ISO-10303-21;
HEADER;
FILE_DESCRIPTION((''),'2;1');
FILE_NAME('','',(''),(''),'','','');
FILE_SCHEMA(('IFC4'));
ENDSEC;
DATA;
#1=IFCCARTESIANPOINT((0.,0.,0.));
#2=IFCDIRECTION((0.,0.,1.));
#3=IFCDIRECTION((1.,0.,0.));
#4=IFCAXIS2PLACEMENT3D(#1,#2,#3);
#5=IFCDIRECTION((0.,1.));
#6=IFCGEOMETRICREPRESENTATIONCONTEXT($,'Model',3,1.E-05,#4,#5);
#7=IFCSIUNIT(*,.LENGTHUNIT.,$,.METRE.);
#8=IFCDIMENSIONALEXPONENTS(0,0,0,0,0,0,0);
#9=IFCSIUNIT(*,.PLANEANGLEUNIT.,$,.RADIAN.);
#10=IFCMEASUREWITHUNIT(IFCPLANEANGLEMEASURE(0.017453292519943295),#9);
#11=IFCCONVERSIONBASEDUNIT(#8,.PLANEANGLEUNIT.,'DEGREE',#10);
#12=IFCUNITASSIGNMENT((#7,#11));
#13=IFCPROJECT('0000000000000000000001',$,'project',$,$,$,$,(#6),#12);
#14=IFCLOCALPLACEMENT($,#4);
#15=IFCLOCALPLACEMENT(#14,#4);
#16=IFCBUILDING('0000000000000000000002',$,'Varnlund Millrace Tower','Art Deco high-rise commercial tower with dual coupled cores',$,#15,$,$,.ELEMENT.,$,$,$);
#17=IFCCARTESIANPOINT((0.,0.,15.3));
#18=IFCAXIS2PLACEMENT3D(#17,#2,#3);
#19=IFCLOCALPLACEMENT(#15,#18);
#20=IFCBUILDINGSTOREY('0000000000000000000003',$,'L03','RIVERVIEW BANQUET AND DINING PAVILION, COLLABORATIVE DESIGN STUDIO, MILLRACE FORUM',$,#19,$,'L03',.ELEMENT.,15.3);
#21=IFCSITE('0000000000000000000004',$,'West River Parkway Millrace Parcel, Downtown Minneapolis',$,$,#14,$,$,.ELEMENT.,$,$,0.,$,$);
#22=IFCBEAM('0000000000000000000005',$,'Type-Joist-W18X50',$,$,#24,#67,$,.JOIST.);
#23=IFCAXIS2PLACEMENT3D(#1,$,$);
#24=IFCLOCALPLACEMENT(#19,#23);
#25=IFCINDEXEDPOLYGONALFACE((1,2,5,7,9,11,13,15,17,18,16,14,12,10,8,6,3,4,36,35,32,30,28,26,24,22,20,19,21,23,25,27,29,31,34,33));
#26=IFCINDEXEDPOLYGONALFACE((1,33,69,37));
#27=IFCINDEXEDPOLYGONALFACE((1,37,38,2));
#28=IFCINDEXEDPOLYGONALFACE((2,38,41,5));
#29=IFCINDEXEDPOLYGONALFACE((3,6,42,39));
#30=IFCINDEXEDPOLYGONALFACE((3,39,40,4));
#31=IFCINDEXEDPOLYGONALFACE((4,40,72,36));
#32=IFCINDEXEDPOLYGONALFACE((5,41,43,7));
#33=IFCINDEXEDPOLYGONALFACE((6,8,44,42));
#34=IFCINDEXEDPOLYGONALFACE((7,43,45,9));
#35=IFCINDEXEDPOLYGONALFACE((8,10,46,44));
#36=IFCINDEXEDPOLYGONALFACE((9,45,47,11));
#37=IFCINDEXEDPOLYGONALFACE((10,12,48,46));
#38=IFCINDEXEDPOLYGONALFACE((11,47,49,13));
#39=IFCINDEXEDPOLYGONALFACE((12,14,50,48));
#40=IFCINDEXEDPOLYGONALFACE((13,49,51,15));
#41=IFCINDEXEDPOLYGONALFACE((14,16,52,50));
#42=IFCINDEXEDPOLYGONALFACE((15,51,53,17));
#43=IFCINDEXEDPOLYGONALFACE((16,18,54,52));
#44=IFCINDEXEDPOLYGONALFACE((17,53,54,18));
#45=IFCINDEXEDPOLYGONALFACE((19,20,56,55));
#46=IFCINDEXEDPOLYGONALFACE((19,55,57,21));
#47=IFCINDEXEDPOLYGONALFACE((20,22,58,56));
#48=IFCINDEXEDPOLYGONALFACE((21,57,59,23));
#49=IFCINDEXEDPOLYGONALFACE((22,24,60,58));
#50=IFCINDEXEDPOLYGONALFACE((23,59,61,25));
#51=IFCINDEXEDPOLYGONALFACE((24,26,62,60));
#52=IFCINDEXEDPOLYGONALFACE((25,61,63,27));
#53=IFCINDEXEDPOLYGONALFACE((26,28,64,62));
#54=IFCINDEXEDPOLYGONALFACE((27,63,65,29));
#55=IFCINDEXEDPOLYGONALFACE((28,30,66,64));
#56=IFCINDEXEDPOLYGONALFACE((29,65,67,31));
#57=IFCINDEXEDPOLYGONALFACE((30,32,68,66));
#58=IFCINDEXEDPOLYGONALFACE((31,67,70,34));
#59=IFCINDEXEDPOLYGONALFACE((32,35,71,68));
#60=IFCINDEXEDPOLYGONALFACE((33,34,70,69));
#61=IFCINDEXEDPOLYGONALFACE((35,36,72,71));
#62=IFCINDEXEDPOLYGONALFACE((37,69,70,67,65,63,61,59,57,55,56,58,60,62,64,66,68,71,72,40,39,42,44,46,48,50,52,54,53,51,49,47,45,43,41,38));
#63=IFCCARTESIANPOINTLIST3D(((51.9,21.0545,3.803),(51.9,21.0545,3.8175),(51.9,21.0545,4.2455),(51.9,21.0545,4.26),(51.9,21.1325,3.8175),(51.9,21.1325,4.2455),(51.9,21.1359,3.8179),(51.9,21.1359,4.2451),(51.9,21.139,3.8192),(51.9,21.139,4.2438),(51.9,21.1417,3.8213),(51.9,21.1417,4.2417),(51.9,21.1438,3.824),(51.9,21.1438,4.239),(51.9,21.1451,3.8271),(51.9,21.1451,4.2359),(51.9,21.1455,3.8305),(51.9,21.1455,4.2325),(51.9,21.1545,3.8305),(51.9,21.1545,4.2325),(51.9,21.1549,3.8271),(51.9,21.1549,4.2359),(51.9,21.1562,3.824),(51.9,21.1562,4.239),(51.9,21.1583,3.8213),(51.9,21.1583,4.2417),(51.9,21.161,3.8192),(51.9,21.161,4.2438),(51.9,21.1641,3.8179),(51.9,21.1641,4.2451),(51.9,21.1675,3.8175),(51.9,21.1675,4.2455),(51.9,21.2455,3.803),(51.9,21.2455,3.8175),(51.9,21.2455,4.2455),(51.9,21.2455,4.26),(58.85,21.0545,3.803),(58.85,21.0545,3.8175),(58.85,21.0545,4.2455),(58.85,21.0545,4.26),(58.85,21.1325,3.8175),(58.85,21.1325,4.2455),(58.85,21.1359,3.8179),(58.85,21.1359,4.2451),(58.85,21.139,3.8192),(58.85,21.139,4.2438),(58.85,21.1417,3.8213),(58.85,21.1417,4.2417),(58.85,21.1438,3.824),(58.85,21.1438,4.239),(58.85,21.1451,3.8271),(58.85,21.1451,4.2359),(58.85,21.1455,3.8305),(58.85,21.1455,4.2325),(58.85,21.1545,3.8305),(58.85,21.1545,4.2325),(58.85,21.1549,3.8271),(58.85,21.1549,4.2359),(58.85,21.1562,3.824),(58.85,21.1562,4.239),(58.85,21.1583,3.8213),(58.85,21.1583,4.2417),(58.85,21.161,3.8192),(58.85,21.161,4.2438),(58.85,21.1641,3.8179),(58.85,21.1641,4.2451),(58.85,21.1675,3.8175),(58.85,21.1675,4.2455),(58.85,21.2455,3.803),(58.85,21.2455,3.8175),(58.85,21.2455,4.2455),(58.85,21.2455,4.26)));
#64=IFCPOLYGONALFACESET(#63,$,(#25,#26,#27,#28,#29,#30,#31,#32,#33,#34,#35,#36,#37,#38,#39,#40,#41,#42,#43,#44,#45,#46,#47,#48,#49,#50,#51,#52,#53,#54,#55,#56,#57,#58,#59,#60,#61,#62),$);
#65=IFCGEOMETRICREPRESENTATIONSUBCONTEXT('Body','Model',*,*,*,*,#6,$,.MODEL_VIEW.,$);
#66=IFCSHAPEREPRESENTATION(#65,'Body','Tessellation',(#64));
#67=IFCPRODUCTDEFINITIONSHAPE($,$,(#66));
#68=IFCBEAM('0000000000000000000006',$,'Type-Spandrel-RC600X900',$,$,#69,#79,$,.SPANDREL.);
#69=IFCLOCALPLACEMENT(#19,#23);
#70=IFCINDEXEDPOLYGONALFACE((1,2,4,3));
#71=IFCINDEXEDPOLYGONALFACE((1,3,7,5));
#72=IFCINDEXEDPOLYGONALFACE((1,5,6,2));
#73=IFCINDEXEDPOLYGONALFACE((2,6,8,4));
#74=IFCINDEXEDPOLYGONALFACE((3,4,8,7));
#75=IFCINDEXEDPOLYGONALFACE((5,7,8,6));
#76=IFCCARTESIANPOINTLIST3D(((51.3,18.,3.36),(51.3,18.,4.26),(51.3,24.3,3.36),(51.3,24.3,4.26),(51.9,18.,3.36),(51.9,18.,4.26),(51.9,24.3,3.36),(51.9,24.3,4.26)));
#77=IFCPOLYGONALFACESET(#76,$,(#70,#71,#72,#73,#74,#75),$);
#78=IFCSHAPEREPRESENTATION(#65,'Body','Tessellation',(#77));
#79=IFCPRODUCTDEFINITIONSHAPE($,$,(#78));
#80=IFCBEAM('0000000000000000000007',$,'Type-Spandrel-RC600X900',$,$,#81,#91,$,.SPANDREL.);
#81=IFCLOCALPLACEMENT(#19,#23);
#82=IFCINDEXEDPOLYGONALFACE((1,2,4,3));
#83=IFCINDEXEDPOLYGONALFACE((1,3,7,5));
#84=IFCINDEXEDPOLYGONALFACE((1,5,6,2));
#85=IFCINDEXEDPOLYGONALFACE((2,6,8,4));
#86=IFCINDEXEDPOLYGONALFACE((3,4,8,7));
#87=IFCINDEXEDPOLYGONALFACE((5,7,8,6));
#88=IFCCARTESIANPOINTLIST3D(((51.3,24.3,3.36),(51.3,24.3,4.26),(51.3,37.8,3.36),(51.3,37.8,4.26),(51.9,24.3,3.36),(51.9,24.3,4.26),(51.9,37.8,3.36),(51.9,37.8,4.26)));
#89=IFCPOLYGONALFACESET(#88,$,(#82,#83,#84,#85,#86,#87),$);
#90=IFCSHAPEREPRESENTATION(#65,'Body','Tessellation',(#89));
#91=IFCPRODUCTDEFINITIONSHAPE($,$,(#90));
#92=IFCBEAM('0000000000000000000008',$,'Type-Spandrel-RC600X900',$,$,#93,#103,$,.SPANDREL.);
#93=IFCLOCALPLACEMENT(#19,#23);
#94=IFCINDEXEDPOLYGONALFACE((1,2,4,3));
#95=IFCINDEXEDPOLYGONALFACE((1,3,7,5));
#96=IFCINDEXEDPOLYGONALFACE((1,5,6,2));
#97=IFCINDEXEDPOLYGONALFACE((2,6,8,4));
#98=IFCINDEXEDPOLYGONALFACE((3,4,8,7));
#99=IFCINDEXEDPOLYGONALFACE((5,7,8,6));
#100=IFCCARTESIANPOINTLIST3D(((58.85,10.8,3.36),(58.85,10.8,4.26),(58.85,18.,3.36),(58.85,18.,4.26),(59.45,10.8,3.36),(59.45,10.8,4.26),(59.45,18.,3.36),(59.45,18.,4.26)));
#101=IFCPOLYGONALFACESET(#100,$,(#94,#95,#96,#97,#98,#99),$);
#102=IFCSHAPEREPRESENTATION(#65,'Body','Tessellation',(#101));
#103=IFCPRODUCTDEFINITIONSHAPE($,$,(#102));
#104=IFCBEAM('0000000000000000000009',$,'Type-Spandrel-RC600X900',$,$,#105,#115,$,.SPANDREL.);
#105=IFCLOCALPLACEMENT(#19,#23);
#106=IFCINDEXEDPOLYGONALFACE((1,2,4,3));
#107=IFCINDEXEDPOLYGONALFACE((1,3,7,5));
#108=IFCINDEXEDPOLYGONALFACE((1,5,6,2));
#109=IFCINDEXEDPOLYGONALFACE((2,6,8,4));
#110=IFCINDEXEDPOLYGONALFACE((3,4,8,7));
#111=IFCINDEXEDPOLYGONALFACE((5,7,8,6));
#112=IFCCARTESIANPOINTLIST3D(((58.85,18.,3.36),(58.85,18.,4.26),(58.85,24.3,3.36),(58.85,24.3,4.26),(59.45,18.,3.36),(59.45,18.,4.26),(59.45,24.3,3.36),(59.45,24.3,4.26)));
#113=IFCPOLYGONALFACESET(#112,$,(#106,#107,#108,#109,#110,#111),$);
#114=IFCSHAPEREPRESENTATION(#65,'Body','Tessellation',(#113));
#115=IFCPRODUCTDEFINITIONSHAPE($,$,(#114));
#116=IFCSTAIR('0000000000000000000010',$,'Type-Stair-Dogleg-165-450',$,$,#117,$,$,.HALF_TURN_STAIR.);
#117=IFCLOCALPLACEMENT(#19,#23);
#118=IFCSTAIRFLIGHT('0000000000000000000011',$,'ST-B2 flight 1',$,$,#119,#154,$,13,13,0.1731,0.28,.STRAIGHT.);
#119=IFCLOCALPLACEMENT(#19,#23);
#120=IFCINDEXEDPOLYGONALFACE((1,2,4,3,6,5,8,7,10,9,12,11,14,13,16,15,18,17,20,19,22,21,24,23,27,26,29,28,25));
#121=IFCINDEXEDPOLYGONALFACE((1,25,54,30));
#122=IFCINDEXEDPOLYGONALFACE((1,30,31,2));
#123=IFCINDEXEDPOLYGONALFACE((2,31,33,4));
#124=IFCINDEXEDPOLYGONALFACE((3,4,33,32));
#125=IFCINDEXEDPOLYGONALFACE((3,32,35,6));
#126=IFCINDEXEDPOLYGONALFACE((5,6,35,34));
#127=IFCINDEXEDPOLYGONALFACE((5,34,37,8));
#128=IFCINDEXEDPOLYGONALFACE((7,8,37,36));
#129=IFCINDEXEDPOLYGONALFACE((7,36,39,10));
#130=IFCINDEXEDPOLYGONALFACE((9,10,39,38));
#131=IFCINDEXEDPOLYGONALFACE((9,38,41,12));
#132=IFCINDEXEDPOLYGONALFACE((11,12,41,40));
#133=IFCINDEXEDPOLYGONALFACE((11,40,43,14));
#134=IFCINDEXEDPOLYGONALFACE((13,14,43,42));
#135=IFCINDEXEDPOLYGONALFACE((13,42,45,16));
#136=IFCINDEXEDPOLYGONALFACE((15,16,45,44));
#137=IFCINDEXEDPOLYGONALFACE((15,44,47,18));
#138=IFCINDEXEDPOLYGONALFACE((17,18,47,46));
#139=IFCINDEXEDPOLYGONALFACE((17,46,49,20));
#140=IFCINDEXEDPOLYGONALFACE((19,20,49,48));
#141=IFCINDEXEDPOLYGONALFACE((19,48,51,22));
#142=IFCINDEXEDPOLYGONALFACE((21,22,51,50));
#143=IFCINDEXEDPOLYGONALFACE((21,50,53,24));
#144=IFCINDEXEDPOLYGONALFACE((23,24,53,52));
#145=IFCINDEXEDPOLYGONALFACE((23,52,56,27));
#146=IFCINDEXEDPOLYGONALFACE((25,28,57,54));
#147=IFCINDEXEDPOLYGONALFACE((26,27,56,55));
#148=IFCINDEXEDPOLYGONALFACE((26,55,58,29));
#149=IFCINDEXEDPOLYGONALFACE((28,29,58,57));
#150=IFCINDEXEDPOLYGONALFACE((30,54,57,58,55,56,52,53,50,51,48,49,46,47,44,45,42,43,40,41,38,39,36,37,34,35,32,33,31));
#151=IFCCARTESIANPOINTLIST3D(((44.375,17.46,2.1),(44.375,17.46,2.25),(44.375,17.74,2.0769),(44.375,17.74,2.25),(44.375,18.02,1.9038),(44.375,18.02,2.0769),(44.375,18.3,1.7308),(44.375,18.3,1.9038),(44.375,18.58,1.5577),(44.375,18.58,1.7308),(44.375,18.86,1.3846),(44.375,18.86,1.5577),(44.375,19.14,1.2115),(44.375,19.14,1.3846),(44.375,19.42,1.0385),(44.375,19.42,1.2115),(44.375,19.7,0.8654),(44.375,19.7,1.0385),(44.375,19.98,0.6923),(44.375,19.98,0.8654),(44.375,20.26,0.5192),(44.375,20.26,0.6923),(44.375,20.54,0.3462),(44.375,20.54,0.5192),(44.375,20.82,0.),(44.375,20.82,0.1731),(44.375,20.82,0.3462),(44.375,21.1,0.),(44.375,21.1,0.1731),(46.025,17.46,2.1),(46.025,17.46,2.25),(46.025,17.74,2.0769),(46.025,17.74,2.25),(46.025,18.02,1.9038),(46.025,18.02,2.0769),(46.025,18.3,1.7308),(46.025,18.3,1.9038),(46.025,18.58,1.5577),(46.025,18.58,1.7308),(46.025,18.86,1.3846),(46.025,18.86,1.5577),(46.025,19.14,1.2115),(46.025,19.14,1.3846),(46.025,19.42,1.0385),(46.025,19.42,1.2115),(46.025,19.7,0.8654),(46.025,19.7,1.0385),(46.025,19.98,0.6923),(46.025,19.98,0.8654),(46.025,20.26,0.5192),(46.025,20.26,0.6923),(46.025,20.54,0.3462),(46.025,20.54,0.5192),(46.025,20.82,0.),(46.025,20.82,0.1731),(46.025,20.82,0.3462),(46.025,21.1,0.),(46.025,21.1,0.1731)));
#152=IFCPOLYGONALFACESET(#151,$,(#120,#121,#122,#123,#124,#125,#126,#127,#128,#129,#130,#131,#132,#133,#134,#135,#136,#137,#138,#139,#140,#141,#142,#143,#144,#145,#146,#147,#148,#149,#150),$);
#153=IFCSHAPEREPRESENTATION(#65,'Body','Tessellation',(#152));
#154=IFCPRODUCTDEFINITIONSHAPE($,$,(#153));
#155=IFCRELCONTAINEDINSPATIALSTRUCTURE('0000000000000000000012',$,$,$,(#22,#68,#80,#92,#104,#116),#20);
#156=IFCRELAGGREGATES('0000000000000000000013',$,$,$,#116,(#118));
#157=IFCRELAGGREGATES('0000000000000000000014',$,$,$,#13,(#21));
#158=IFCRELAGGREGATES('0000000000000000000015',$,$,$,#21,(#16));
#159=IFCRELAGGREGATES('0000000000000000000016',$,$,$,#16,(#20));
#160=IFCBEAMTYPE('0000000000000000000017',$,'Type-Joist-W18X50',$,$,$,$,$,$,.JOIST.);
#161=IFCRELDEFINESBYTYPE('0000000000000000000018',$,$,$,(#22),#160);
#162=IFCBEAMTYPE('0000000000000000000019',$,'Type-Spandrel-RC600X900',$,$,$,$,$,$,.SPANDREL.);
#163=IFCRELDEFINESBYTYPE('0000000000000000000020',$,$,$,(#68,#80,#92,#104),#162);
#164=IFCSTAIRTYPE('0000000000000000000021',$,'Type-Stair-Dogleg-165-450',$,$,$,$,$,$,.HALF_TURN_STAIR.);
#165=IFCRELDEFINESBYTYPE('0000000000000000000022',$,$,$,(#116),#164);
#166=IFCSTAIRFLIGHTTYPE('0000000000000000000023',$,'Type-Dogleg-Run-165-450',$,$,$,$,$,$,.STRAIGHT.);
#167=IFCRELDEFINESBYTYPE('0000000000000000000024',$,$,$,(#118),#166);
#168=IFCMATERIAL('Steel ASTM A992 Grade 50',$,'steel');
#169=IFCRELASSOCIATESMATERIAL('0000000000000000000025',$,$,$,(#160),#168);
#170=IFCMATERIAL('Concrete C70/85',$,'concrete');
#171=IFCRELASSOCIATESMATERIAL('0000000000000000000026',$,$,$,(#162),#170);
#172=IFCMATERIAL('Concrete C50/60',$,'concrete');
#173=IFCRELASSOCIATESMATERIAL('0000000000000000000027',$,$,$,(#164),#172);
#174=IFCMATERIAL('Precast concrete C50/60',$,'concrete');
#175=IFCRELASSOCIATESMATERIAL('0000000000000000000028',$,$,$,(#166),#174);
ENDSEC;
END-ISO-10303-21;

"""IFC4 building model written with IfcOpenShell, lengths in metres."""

from ifc_helpers import new_model, entity, si_unit, converted_unit, direction, frame, origin_with_axes, origin_2d_with_axis, place, context, subcontext, project, spatial, polyline, rectangle, i_section, outline, extrude, material, material_profile, profile_set, type_object, element, aggregate, save


model = new_model("IFC4")

# Units and contexts
model_context = context("Model", 3, precision=1e-05, world=origin_with_axes(), true_north=direction((0.0, 1.0)))
body_context = subcontext(model_context, "Body", "Model", "MODEL_VIEW")
ifc_project = project(units=[si_unit("LENGTHUNIT", "METRE"), converted_unit("PLANEANGLEUNIT", "DEGREE", entity("IfcPlaneAngleMeasure", 0.017453292519943295), si_unit("PLANEANGLEUNIT", "RADIAN"), dimensions=[0, 0, 0, 0, 0, 0, 0])], contexts=[model_context])

# Site, building, storey
site_placement = place(None, origin_with_axes())
site = spatial("IfcSite", under=ifc_project, at=site_placement, Name="West River Parkway Millrace Parcel, Downtown Minneapolis", CompositionType="ELEMENT", RefElevation=0.0)
building_placement = place(site_placement, origin_with_axes())
building = spatial("IfcBuilding", under=site, at=building_placement, Name="Varnlund Millrace Tower", Description="Art Deco high-rise commercial tower with dual coupled cores", CompositionType="ELEMENT")
storey_placement = place(building_placement, frame((0.0, 0.0, 15.3), z_axis=(0.0, 0.0, 1.0), x_axis=(1.0, 0.0, 0.0)))
storey = spatial("IfcBuildingStorey", under=building, at=storey_placement, Name="L03", Description="RIVERVIEW BANQUET AND DINING PAVILION, COLLABORATIVE DESIGN STUDIO, MILLRACE FORUM", LongName="L03", CompositionType="ELEMENT", Elevation=15.3)

# Beams
ifc_material_1 = material(Name="Steel ASTM A992 Grade 50", Category="steel")
ifc_material_profile_1 = material_profile(ifc_material_1, i_section(OverallWidth=0.191, OverallDepth=0.457, WebThickness=0.009, FlangeThickness=0.0145, FilletRadius=0.013, at=origin_2d_with_axis()), Name="Steel ASTM A992 Grade 50")
ifc_profile_set_1 = profile_set([ifc_material_profile_1], Name="Steel ASTM A992 Grade 50")
beam_type_1 = type_object("IfcBeamType", Name="Type-Joist-W18X50", PredefinedType="JOIST", material=ifc_profile_set_1)
for number, where, z_axis, x_axis, name in (
    (1, (51.9, 21.15, 4.0315), (1.0, 0.0, 0.0), (0.0, 1.0, 0.0), "Type-Joist-W18X50"),
):
    element("IfcBeam", number, at=place(storey_placement, frame(where, z_axis=z_axis, x_axis=x_axis)), inside=storey, type_object=beam_type_1, Name=name, PredefinedType="JOIST", context=body_context, shape_type="SweptSolid", body=[
        extrude(i_section(OverallWidth=0.191, OverallDepth=0.457, WebThickness=0.009, FlangeThickness=0.0145, FilletRadius=0.013, at=origin_2d_with_axis()), origin_with_axes(), (0.0, 0.0, 1.0), 6.95),
    ])
ifc_material_2 = material(Name="Concrete C70/85", Category="concrete")
ifc_material_profile_2 = material_profile(ifc_material_2, rectangle(XDim=0.6, YDim=0.9, at=origin_2d_with_axis()), Name="Concrete C70/85")
ifc_profile_set_2 = profile_set([ifc_material_profile_2], Name="Concrete C70/85")
beam_type_2 = type_object("IfcBeamType", Name="Type-Spandrel-RC600X900", PredefinedType="SPANDREL", material=ifc_profile_set_2)
beam_1_placement = place(storey_placement, frame((51.6, 18.0, 3.81), z_axis=(0.0, 1.0, 0.0), x_axis=(-1.0, 0.0, 0.0)))
element("IfcBeam", 2, at=beam_1_placement, inside=storey, type_object=beam_type_2, Name="Type-Spandrel-RC600X900", PredefinedType="SPANDREL", context=body_context, shape_type="SweptSolid", body=[
    extrude(rectangle(XDim=0.6, YDim=0.9, at=origin_2d_with_axis()), origin_with_axes(), (0.0, 0.0, 1.0), 6.3),
])
beam_2_placement = place(storey_placement, frame((51.6, 24.3, 3.81), z_axis=(0.0, 1.0, 0.0), x_axis=(-1.0, 0.0, 0.0)))
element("IfcBeam", 3, at=beam_2_placement, inside=storey, type_object=beam_type_2, Name="Type-Spandrel-RC600X900", PredefinedType="SPANDREL", context=body_context, shape_type="SweptSolid", body=[
    extrude(rectangle(XDim=0.6, YDim=0.9, at=origin_2d_with_axis()), origin_with_axes(), (0.0, 0.0, 1.0), 13.5),
])
beam_3_placement = place(storey_placement, frame((59.15, 10.8, 3.81), z_axis=(0.0, 1.0, 0.0), x_axis=(-1.0, 0.0, 0.0)))
element("IfcBeam", 4, at=beam_3_placement, inside=storey, type_object=beam_type_2, Name="Type-Spandrel-RC600X900", PredefinedType="SPANDREL", context=body_context, shape_type="SweptSolid", body=[
    extrude(rectangle(XDim=0.6, YDim=0.9, at=origin_2d_with_axis()), origin_with_axes(), (0.0, 0.0, 1.0), 7.2),
])
beam_4_placement = place(storey_placement, frame((59.15, 18.0, 3.81), z_axis=(0.0, 1.0, 0.0), x_axis=(-1.0, 0.0, 0.0)))
element("IfcBeam", 5, at=beam_4_placement, inside=storey, type_object=beam_type_2, Name="Type-Spandrel-RC600X900", PredefinedType="SPANDREL", context=body_context, shape_type="SweptSolid", body=[
    extrude(rectangle(XDim=0.6, YDim=0.9, at=origin_2d_with_axis()), origin_with_axes(), (0.0, 0.0, 1.0), 6.3),
])

# Stair, stair flight
ifc_material_3 = material(Name="Concrete C50/60", Category="concrete")
stair_type = type_object("IfcStairType", Name="Type-Stair-Dogleg-165-450", PredefinedType="HALF_TURN_STAIR", material=ifc_material_3)
stair_placement = place(storey_placement, origin_with_axes())
stair = element("IfcStair", 6, at=stair_placement, inside=storey, type_object=stair_type, Name="Type-Stair-Dogleg-165-450", PredefinedType="HALF_TURN_STAIR")
ifc_material_4 = material(Name="Precast concrete C50/60", Category="concrete")
stair_flight_type = type_object("IfcStairFlightType", Name="Type-Dogleg-Run-165-450", PredefinedType="STRAIGHT", material=ifc_material_4)
stair_flight_placement = place(storey_placement, frame((46.025, 21.1, 0.0), z_axis=(-1.0, 0.0, 0.0), x_axis=(0.0, -1.0, 0.0)))
stair_flight = element("IfcStairFlight", 7, at=stair_flight_placement, type_object=stair_flight_type, Name="ST-B2 flight 1", NumberOfRisers=13, NumberOfTreads=13, PredefinedType="STRAIGHT", RiserHeight=0.1731, TreadLength=0.28, context=body_context, shape_type="SweptSolid", body=[
    extrude(outline(polyline([(0.0, 0.0), (0.0, 0.1731), (0.28, 0.1731), (0.28, 0.3462), (0.56, 0.3462), (0.56, 0.5192), (0.84, 0.5192), (0.84, 0.6923), (1.12, 0.6923), (1.12, 0.8654), (1.4, 0.8654), (1.4, 1.0385), (1.68, 1.0385), (1.68, 1.2115), (1.96, 1.2115), (1.96, 1.3846), (2.24, 1.3846), (2.24, 1.5577), (2.52, 1.5577), (2.52, 1.7308), (2.8, 1.7308), (2.8, 1.9038), (3.08, 1.9038), (3.08, 2.0769), (3.36, 2.0769), (3.36, 2.25), (3.64, 2.25), (3.64, 2.1), (0.28, 0.0), (0.0, 0.0)])), origin_with_axes(), (0.0, 0.0, 1.0), 1.65),
])
aggregate(stair, [stair_flight])

save(model, "model.ifc")
